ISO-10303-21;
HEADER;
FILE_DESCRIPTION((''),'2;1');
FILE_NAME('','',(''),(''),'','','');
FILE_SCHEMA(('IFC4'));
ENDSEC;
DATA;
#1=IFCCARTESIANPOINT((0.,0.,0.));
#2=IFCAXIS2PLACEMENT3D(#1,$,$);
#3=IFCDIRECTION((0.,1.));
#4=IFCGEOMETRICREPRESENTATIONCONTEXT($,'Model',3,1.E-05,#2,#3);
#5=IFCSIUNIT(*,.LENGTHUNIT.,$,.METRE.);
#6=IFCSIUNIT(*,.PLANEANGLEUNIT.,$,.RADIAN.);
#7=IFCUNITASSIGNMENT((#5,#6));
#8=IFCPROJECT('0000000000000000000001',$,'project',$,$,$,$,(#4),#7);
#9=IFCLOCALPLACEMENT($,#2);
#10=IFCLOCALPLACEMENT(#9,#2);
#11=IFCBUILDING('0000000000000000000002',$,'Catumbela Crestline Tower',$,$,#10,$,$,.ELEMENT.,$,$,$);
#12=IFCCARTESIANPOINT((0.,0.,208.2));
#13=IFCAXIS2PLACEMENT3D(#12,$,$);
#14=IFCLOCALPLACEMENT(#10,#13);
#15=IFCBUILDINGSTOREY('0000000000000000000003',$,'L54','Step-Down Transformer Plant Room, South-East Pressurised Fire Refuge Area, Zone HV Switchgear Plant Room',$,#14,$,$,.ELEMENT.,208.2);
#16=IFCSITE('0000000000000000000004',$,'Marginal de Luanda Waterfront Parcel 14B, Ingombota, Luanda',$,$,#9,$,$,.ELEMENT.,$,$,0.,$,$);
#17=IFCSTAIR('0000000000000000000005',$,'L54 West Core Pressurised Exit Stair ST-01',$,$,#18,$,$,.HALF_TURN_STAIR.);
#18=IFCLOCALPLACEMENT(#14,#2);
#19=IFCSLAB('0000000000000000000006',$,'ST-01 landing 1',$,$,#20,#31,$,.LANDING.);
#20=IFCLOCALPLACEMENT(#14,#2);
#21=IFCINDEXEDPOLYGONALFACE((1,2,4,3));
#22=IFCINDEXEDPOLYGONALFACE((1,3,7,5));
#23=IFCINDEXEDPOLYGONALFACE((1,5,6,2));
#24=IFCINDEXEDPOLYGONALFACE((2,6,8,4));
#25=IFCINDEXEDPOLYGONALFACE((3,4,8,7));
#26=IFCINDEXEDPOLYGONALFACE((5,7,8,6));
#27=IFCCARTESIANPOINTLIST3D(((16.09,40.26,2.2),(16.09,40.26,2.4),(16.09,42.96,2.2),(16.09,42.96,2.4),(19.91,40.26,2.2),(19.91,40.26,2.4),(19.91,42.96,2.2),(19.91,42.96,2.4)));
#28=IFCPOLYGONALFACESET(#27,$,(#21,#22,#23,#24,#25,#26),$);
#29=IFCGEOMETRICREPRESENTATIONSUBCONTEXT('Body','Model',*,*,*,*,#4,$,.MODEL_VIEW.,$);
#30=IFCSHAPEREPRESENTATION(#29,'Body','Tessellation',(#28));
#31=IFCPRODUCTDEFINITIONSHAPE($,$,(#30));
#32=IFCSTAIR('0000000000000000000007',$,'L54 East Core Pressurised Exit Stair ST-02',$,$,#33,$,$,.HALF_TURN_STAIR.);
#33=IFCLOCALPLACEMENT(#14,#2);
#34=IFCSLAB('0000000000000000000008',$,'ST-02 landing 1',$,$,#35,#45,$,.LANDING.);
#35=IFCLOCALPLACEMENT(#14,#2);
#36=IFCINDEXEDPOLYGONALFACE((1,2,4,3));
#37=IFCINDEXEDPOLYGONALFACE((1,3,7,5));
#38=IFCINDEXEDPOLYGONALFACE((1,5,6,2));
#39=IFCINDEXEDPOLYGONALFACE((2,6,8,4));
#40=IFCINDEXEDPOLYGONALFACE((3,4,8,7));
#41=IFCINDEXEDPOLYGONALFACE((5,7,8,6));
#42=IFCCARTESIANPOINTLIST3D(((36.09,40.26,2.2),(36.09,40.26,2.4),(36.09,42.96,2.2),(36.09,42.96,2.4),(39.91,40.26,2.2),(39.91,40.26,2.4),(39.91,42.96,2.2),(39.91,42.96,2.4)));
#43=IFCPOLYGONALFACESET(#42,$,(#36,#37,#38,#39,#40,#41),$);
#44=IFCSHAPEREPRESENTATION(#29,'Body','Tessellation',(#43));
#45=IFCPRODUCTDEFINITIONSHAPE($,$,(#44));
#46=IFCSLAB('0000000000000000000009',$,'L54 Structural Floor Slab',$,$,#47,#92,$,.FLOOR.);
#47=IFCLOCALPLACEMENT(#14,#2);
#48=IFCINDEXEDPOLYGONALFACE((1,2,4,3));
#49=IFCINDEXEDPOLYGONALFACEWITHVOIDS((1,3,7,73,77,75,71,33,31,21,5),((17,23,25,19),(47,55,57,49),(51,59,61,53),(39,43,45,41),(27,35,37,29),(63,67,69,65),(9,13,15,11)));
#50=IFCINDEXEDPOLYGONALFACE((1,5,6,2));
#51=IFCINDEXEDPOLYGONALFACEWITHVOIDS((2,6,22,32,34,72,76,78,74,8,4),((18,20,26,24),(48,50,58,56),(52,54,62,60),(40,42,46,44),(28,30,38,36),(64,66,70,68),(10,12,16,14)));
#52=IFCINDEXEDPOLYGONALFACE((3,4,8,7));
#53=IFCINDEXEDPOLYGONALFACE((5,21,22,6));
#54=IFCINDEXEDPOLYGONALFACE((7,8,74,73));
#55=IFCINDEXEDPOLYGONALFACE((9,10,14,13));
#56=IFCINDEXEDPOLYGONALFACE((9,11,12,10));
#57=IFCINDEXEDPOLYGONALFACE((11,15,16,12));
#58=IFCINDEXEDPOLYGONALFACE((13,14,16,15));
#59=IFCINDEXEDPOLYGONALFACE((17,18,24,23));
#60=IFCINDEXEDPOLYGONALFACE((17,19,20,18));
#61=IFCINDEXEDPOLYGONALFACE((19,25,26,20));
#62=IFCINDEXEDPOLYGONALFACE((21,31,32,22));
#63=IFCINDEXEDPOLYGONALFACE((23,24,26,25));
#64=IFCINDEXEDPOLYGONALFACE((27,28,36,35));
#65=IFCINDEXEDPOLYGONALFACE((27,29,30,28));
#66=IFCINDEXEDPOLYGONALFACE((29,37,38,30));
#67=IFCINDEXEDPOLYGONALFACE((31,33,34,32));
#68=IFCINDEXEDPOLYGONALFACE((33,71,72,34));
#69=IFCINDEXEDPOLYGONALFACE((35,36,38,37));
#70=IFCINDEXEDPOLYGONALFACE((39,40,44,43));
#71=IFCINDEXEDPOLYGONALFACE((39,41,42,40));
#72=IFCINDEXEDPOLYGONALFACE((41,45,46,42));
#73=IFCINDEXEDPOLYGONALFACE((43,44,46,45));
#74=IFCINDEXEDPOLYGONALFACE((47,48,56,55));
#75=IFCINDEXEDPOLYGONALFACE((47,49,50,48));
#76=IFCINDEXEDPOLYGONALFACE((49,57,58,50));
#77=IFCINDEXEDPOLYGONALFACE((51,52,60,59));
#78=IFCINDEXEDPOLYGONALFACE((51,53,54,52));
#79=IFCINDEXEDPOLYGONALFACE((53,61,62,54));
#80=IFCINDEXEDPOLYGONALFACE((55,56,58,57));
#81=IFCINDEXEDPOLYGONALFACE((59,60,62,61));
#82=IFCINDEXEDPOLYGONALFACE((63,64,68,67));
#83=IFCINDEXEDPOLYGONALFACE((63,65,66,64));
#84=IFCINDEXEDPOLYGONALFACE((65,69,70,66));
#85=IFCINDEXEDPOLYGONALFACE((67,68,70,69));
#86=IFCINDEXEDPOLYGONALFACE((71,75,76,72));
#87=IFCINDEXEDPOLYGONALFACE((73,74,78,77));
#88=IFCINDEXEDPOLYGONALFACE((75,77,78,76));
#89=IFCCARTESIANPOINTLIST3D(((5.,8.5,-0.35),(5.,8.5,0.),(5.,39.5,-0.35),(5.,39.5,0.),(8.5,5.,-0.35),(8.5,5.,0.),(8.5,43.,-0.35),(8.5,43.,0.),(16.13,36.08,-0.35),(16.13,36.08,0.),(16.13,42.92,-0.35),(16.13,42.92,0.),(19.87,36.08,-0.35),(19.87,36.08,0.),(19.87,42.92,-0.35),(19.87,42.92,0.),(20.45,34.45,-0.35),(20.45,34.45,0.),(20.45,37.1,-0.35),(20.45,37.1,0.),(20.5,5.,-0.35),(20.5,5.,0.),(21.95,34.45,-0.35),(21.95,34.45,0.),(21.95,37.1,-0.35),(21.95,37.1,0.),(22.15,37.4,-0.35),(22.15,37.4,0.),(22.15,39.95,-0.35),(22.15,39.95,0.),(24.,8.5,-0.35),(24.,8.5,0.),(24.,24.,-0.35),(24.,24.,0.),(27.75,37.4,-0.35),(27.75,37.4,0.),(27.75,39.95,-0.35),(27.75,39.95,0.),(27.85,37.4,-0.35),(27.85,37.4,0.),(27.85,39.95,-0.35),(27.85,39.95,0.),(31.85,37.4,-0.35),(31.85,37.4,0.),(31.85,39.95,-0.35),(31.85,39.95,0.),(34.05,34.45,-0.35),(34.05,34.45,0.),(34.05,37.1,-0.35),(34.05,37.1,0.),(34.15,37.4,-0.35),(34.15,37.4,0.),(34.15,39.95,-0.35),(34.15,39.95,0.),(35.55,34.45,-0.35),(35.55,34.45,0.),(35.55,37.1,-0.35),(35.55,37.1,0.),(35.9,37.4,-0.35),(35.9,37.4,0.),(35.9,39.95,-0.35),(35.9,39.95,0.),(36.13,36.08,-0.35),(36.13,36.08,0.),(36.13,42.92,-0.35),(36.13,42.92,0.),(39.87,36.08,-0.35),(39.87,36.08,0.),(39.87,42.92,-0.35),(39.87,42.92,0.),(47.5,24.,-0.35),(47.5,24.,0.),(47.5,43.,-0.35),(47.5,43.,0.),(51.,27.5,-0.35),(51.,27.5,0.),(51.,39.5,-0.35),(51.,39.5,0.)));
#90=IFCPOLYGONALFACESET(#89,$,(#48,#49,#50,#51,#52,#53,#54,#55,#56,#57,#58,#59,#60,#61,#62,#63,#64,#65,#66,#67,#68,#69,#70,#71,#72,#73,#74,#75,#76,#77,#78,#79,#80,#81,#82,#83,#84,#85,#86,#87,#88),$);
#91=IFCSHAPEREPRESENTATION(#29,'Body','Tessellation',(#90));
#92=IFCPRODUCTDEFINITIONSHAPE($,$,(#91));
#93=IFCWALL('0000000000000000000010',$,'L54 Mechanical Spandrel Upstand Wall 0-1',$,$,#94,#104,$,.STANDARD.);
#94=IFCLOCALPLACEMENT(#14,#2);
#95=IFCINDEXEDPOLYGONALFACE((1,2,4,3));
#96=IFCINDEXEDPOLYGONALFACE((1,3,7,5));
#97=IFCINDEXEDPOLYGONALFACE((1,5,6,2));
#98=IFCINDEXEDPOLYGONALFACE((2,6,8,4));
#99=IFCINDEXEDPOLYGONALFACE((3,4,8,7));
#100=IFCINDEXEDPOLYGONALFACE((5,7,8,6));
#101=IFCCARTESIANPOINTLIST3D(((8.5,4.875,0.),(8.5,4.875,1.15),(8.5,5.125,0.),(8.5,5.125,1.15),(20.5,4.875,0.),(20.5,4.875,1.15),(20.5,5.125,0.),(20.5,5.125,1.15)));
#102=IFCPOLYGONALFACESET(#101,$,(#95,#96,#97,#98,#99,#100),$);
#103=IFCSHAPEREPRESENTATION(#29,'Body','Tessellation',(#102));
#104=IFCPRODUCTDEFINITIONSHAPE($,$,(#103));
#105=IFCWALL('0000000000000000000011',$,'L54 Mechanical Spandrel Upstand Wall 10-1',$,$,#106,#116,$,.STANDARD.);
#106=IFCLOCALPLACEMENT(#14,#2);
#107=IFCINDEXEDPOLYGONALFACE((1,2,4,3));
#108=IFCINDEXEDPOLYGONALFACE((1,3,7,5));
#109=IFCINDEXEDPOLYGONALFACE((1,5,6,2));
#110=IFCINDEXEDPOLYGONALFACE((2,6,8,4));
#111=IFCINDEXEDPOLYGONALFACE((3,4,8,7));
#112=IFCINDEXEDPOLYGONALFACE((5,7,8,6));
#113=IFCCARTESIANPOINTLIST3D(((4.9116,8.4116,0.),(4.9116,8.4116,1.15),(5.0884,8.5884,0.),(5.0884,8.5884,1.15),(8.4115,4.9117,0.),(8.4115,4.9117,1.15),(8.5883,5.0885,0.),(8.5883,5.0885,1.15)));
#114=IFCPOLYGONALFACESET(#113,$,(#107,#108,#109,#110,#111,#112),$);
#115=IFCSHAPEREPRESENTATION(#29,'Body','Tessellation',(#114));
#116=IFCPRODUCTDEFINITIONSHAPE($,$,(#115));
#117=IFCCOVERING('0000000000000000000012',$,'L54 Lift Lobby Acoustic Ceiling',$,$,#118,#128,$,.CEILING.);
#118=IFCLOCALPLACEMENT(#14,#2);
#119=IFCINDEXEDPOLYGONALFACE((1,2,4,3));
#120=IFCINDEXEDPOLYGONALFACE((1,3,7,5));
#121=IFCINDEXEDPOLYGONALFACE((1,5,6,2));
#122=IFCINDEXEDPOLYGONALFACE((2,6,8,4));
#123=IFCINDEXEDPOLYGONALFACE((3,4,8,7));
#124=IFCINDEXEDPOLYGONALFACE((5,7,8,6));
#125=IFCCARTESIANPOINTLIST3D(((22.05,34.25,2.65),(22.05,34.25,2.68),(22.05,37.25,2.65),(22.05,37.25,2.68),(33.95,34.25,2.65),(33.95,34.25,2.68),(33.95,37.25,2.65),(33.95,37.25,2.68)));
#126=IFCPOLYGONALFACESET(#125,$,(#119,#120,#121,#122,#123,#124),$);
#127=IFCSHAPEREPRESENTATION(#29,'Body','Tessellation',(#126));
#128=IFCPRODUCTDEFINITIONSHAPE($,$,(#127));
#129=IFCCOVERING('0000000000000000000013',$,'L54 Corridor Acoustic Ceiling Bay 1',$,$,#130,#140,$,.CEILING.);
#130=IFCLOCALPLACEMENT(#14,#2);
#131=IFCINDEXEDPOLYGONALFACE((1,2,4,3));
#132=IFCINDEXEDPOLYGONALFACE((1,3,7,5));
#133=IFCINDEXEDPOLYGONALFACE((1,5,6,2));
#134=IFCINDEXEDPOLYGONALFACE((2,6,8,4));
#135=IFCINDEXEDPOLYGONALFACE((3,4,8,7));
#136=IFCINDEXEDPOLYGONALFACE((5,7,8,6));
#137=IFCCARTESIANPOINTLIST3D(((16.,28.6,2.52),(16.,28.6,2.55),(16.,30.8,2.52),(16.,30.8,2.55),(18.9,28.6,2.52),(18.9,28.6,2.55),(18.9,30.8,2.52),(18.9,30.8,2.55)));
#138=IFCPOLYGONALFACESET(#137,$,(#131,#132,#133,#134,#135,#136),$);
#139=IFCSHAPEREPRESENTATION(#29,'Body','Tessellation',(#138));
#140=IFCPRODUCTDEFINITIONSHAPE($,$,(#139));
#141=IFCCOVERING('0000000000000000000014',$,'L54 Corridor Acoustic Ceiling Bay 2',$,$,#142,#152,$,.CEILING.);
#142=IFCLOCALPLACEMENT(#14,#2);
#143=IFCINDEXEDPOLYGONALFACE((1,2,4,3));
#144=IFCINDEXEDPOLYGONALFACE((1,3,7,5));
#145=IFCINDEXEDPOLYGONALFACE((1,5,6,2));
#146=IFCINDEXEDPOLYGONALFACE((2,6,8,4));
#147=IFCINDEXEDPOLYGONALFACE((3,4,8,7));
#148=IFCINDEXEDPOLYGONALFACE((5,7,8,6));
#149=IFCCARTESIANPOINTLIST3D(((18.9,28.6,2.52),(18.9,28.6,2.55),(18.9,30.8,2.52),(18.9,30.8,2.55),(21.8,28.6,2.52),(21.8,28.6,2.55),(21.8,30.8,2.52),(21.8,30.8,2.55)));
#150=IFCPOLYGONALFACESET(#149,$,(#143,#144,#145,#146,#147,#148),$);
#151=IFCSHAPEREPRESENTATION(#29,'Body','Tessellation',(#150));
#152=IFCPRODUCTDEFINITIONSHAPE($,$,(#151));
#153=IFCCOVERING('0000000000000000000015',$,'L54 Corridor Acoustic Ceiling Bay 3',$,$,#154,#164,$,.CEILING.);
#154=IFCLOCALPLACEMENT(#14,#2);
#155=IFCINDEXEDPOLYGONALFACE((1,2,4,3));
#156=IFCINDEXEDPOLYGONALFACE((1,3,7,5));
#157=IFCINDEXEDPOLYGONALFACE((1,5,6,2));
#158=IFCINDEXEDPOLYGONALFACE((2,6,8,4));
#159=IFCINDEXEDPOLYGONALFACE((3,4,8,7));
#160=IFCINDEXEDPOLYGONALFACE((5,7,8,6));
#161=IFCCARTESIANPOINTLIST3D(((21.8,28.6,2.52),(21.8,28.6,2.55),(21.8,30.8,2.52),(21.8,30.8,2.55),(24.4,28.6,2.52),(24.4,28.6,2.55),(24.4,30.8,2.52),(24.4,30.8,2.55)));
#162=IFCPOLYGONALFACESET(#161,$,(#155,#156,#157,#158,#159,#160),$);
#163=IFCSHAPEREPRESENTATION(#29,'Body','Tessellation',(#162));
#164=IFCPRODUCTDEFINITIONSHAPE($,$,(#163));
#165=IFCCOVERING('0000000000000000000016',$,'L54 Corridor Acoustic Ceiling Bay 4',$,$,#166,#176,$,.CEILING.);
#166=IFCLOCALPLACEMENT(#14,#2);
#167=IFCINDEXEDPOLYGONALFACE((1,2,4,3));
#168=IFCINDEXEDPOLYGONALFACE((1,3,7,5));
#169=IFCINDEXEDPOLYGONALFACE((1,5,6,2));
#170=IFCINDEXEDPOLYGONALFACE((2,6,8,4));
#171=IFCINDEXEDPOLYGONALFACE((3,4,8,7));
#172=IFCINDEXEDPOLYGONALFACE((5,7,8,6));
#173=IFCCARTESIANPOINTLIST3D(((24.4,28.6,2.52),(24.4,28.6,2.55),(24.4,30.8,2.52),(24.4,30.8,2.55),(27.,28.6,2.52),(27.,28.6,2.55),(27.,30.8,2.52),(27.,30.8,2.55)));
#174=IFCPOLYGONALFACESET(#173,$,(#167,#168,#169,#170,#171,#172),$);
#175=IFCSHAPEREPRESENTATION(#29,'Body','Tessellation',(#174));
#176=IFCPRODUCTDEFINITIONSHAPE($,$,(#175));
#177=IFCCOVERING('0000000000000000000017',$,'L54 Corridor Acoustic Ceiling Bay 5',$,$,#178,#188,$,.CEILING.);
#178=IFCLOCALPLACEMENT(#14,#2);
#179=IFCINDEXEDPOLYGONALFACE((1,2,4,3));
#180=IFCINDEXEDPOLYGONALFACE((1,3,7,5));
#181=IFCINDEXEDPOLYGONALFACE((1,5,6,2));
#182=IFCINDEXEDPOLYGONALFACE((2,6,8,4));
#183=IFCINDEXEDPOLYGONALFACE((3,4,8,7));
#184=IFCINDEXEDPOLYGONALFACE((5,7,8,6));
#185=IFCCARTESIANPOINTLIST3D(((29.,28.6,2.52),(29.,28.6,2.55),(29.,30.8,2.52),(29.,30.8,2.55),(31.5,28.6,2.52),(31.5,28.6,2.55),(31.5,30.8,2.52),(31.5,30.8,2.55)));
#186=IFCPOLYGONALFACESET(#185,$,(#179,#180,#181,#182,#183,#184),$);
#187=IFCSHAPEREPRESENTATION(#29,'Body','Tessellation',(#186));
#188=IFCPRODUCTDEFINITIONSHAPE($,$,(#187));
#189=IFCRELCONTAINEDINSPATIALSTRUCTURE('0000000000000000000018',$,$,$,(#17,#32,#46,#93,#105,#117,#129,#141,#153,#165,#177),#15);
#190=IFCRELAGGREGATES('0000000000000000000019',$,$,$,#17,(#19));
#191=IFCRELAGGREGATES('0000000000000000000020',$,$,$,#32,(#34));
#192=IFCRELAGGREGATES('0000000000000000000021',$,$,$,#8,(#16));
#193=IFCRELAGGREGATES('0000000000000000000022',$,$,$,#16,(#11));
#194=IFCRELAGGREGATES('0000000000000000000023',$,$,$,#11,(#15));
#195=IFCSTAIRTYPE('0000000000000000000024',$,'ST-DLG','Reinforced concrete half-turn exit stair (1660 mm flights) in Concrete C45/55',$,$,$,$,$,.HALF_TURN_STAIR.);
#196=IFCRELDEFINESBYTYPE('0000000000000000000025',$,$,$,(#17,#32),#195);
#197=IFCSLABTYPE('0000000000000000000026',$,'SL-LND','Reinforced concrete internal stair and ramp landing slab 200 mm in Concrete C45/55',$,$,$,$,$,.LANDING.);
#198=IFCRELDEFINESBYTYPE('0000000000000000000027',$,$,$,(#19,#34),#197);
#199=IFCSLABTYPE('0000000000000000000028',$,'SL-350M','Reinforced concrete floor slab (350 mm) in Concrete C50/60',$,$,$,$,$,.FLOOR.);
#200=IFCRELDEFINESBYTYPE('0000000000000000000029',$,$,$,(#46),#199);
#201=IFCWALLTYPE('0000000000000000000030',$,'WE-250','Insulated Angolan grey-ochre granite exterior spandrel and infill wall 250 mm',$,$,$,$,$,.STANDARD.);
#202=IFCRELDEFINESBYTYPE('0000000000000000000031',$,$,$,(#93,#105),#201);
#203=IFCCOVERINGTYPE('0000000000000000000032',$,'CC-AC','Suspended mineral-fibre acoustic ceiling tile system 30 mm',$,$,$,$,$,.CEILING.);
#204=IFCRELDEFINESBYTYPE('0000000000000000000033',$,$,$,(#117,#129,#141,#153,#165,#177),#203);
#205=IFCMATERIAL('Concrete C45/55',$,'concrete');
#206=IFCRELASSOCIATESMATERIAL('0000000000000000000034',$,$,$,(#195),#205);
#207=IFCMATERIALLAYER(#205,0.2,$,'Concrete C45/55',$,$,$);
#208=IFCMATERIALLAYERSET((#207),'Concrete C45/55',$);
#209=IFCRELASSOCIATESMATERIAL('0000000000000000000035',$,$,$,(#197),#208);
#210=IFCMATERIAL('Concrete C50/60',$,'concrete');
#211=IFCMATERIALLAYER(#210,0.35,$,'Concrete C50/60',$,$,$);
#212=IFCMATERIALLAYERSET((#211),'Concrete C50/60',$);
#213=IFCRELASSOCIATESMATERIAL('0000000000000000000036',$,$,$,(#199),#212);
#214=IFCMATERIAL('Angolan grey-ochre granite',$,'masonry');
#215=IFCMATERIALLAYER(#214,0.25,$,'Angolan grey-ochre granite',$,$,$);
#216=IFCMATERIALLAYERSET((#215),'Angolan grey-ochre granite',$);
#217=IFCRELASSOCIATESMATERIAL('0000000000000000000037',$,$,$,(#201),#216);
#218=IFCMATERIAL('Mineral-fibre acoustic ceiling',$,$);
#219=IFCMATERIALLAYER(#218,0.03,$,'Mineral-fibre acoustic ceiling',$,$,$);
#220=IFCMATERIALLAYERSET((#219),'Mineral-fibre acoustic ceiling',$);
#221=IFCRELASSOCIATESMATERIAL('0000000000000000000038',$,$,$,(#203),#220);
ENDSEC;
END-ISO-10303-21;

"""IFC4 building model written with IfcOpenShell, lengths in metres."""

from ifc_helpers import new_model, si_unit, direction, frame, frame_2d, origin, place, context, subcontext, project, spatial, polyline, rectangle, outline, extrude, material, layer, layer_set, type_object, element, aggregate, save


model = new_model("IFC4")

# Units and contexts
model_context = context("Model", 3, precision=1e-05, world=origin(), true_north=direction((0.0, 1.0)))
body_context = subcontext(model_context, "Body", "Model", "MODEL_VIEW")
ifc_project = project(units=[si_unit("LENGTHUNIT", "METRE"), si_unit("PLANEANGLEUNIT", "RADIAN")], contexts=[model_context])

# Site, building, storey
site_placement = place(None, origin())
site = spatial("IfcSite", under=ifc_project, at=site_placement, Name="Marginal de Luanda Waterfront Parcel 14B, Ingombota, Luanda", CompositionType="ELEMENT", RefElevation=0.0)
building_placement = place(site_placement, origin())
building = spatial("IfcBuilding", under=site, at=building_placement, Name="Catumbela Crestline Tower", CompositionType="ELEMENT")
storey_placement = place(building_placement, frame((0.0, 0.0, 208.2)))
storey = spatial("IfcBuildingStorey", under=building, at=storey_placement, Name="L54", Description="Step-Down Transformer Plant Room, South-East Pressurised Fire Refuge Area, Zone HV Switchgear Plant Room", CompositionType="ELEMENT", Elevation=208.2)

# Stairs, slabs
ifc_material_1 = material(Name="Concrete C45/55", Category="concrete")
stair_type = type_object("IfcStairType", Name="ST-DLG", Description="Reinforced concrete half-turn exit stair (1660 mm flights) in Concrete C45/55", PredefinedType="HALF_TURN_STAIR", material=ifc_material_1)
stair_1_placement = place(storey_placement, origin())
stair_1 = element("IfcStair", 1, at=stair_1_placement, inside=storey, type_object=stair_type, Name="L54 West Core Pressurised Exit Stair ST-01", PredefinedType="HALF_TURN_STAIR")
ifc_layer_1 = layer(ifc_material_1, 0.2, Name="Concrete C45/55")
ifc_layer_set_1 = layer_set([ifc_layer_1], Name="Concrete C45/55")
slab_type_1 = type_object("IfcSlabType", Name="SL-LND", Description="Reinforced concrete internal stair and ramp landing slab 200 mm in Concrete C45/55", PredefinedType="LANDING", material=ifc_layer_set_1)
slab_1_placement = place(storey_placement, frame((0.0, 0.0, 2.2)))
slab_1 = element("IfcSlab", 2, at=slab_1_placement, type_object=slab_type_1, Name="ST-01 landing 1", PredefinedType="LANDING", context=body_context, shape_type="SweptSolid", body=[
    extrude(outline(polyline([(19.91, 40.26), (19.91, 42.96), (16.09, 42.96), (16.09, 40.26), (19.91, 40.26)])), origin(), (0.0, 0.0, 1.0), 0.2),
])
aggregate(stair_1, [slab_1])
stair_2_placement = place(storey_placement, origin())
stair_2 = element("IfcStair", 3, at=stair_2_placement, inside=storey, type_object=stair_type, Name="L54 East Core Pressurised Exit Stair ST-02", PredefinedType="HALF_TURN_STAIR")
slab_2_placement = place(storey_placement, frame((0.0, 0.0, 2.2)))
slab_2 = element("IfcSlab", 4, at=slab_2_placement, type_object=slab_type_1, Name="ST-02 landing 1", PredefinedType="LANDING", context=body_context, shape_type="SweptSolid", body=[
    extrude(outline(polyline([(39.91, 40.26), (39.91, 42.96), (36.09, 42.96), (36.09, 40.26), (39.91, 40.26)])), origin(), (0.0, 0.0, 1.0), 0.2),
])
aggregate(stair_2, [slab_2])

# Slab
ifc_material_2 = material(Name="Concrete C50/60", Category="concrete")
ifc_layer_2 = layer(ifc_material_2, 0.35, Name="Concrete C50/60")
ifc_layer_set_2 = layer_set([ifc_layer_2], Name="Concrete C50/60")
slab_type_2 = type_object("IfcSlabType", Name="SL-350M", Description="Reinforced concrete floor slab (350 mm) in Concrete C50/60", PredefinedType="FLOOR", material=ifc_layer_set_2)
slab_3_placement = place(storey_placement, frame((0.0, 0.0, -0.35)))
element("IfcSlab", 5, at=slab_3_placement, inside=storey, type_object=slab_type_2, Name="L54 Structural Floor Slab", PredefinedType="FLOOR", context=body_context, shape_type="SweptSolid", body=[
    extrude(outline(polyline([(8.5, 5.0), (20.5, 5.0), (24.0, 8.5), (24.0, 24.0), (47.5, 24.0), (51.0, 27.5), (51.0, 39.5), (47.5, 43.0), (8.5, 43.0), (5.0, 39.5), (5.0, 8.5), (8.5, 5.0)]), holes=[polyline([(16.13, 36.08), (19.87, 36.08), (19.87, 42.92), (16.13, 42.92), (16.13, 36.08)]), polyline([(36.13, 36.08), (39.87, 36.08), (39.87, 42.92), (36.13, 42.92), (36.13, 36.08)]), polyline([(22.15, 37.4), (27.75, 37.4), (27.75, 39.95), (22.15, 39.95), (22.15, 37.4)]), polyline([(27.85, 37.4), (31.85, 37.4), (31.85, 39.95), (27.85, 39.95), (27.85, 37.4)]), polyline([(20.45, 34.45), (21.95, 34.45), (21.95, 37.1), (20.45, 37.1), (20.45, 34.45)]), polyline([(34.05, 34.45), (35.55, 34.45), (35.55, 37.1), (34.05, 37.1), (34.05, 34.45)]), polyline([(34.15, 37.4), (35.9, 37.4), (35.9, 39.95), (34.15, 39.95), (34.15, 37.4)])]), origin(), (0.0, 0.0, 1.0), 0.35),
])

# Walls
ifc_material_3 = material(Name="Angolan grey-ochre granite", Category="masonry")
ifc_layer_3 = layer(ifc_material_3, 0.25, Name="Angolan grey-ochre granite")
ifc_layer_set_3 = layer_set([ifc_layer_3], Name="Angolan grey-ochre granite")
wall_type = type_object("IfcWallType", Name="WE-250", Description="Insulated Angolan grey-ochre granite exterior spandrel and infill wall 250 mm", PredefinedType="STANDARD", material=ifc_layer_set_3)
wall_1_placement = place(storey_placement, frame((8.5, 5.0, 0.0), z_axis=(0.0, 0.0, 1.0), x_axis=(1.0, 0.0, 0.0)))
element("IfcWall", 6, at=wall_1_placement, inside=storey, type_object=wall_type, Name="L54 Mechanical Spandrel Upstand Wall 0-1", PredefinedType="STANDARD", context=body_context, shape_type="SweptSolid", body=[
    extrude(rectangle(XDim=12.0, YDim=0.25, at=frame_2d((6.0, 0.0))), origin(), (0.0, 0.0, 1.0), 1.15),
])
wall_2_placement = place(storey_placement, frame((5.0, 8.5, 0.0), z_axis=(0.0, 0.0, 1.0), x_axis=(0.707107, -0.707107, 0.0)))
element("IfcWall", 7, at=wall_2_placement, inside=storey, type_object=wall_type, Name="L54 Mechanical Spandrel Upstand Wall 10-1", PredefinedType="STANDARD", context=body_context, shape_type="SweptSolid", body=[
    extrude(rectangle(XDim=4.9497, YDim=0.25, at=frame_2d((2.4748, 0.0))), origin(), (0.0, 0.0, 1.0), 1.15),
])

# Coverings
ifc_material_4 = material(Name="Mineral-fibre acoustic ceiling")
ifc_layer_4 = layer(ifc_material_4, 0.03, Name="Mineral-fibre acoustic ceiling")
ifc_layer_set_4 = layer_set([ifc_layer_4], Name="Mineral-fibre acoustic ceiling")
covering_type_1 = type_object("IfcCoveringType", Name="CC-AC", Description="Suspended mineral-fibre acoustic ceiling tile system 30 mm", PredefinedType="CEILING", material=ifc_layer_set_4)
covering_1_placement = place(storey_placement, frame((0.0, 0.0, 2.65)))
element("IfcCovering", 8, at=covering_1_placement, inside=storey, type_object=covering_type_1, Name="L54 Lift Lobby Acoustic Ceiling", PredefinedType="CEILING", context=body_context, shape_type="SweptSolid", body=[
    extrude(outline(polyline([(22.05, 34.25), (33.95, 34.25), (33.95, 37.25), (22.05, 37.25), (22.05, 34.25)])), origin(), (0.0, 0.0, 1.0), 0.03),
])
covering_2_placement = place(storey_placement, frame((0.0, 0.0, 2.52)))
element("IfcCovering", 9, at=covering_2_placement, inside=storey, type_object=covering_type_1, Name="L54 Corridor Acoustic Ceiling Bay 1", PredefinedType="CEILING", context=body_context, shape_type="SweptSolid", body=[
    extrude(outline(polyline([(16.0, 28.6), (18.9, 28.6), (18.9, 30.8), (16.0, 30.8), (16.0, 28.6)])), origin(), (0.0, 0.0, 1.0), 0.03),
])
covering_3_placement = place(storey_placement, frame((0.0, 0.0, 2.52)))
element("IfcCovering", 10, at=covering_3_placement, inside=storey, type_object=covering_type_1, Name="L54 Corridor Acoustic Ceiling Bay 2", PredefinedType="CEILING", context=body_context, shape_type="SweptSolid", body=[
    extrude(outline(polyline([(18.9, 28.6), (21.8, 28.6), (21.8, 30.8), (18.9, 30.8), (18.9, 28.6)])), origin(), (0.0, 0.0, 1.0), 0.03),
])
covering_4_placement = place(storey_placement, frame((0.0, 0.0, 2.52)))
element("IfcCovering", 11, at=covering_4_placement, inside=storey, type_object=covering_type_1, Name="L54 Corridor Acoustic Ceiling Bay 3", PredefinedType="CEILING", context=body_context, shape_type="SweptSolid", body=[
    extrude(outline(polyline([(21.8, 28.6), (24.4, 28.6), (24.4, 30.8), (21.8, 30.8), (21.8, 28.6)])), origin(), (0.0, 0.0, 1.0), 0.03),
])
covering_5_placement = place(storey_placement, frame((0.0, 0.0, 2.52)))
element("IfcCovering", 12, at=covering_5_placement, inside=storey, type_object=covering_type_1, Name="L54 Corridor Acoustic Ceiling Bay 4", PredefinedType="CEILING", context=body_context, shape_type="SweptSolid", body=[
    extrude(outline(polyline([(24.4, 28.6), (27.0, 28.6), (27.0, 30.8), (24.4, 30.8), (24.4, 28.6)])), origin(), (0.0, 0.0, 1.0), 0.03),
])
covering_6_placement = place(storey_placement, frame((0.0, 0.0, 2.52)))
element("IfcCovering", 13, at=covering_6_placement, inside=storey, type_object=covering_type_1, Name="L54 Corridor Acoustic Ceiling Bay 5", PredefinedType="CEILING", context=body_context, shape_type="SweptSolid", body=[
    extrude(outline(polyline([(29.0, 28.6), (31.5, 28.6), (31.5, 30.8), (29.0, 30.8), (29.0, 28.6)])), origin(), (0.0, 0.0, 1.0), 0.03),
])

save(model, "model.ifc")
